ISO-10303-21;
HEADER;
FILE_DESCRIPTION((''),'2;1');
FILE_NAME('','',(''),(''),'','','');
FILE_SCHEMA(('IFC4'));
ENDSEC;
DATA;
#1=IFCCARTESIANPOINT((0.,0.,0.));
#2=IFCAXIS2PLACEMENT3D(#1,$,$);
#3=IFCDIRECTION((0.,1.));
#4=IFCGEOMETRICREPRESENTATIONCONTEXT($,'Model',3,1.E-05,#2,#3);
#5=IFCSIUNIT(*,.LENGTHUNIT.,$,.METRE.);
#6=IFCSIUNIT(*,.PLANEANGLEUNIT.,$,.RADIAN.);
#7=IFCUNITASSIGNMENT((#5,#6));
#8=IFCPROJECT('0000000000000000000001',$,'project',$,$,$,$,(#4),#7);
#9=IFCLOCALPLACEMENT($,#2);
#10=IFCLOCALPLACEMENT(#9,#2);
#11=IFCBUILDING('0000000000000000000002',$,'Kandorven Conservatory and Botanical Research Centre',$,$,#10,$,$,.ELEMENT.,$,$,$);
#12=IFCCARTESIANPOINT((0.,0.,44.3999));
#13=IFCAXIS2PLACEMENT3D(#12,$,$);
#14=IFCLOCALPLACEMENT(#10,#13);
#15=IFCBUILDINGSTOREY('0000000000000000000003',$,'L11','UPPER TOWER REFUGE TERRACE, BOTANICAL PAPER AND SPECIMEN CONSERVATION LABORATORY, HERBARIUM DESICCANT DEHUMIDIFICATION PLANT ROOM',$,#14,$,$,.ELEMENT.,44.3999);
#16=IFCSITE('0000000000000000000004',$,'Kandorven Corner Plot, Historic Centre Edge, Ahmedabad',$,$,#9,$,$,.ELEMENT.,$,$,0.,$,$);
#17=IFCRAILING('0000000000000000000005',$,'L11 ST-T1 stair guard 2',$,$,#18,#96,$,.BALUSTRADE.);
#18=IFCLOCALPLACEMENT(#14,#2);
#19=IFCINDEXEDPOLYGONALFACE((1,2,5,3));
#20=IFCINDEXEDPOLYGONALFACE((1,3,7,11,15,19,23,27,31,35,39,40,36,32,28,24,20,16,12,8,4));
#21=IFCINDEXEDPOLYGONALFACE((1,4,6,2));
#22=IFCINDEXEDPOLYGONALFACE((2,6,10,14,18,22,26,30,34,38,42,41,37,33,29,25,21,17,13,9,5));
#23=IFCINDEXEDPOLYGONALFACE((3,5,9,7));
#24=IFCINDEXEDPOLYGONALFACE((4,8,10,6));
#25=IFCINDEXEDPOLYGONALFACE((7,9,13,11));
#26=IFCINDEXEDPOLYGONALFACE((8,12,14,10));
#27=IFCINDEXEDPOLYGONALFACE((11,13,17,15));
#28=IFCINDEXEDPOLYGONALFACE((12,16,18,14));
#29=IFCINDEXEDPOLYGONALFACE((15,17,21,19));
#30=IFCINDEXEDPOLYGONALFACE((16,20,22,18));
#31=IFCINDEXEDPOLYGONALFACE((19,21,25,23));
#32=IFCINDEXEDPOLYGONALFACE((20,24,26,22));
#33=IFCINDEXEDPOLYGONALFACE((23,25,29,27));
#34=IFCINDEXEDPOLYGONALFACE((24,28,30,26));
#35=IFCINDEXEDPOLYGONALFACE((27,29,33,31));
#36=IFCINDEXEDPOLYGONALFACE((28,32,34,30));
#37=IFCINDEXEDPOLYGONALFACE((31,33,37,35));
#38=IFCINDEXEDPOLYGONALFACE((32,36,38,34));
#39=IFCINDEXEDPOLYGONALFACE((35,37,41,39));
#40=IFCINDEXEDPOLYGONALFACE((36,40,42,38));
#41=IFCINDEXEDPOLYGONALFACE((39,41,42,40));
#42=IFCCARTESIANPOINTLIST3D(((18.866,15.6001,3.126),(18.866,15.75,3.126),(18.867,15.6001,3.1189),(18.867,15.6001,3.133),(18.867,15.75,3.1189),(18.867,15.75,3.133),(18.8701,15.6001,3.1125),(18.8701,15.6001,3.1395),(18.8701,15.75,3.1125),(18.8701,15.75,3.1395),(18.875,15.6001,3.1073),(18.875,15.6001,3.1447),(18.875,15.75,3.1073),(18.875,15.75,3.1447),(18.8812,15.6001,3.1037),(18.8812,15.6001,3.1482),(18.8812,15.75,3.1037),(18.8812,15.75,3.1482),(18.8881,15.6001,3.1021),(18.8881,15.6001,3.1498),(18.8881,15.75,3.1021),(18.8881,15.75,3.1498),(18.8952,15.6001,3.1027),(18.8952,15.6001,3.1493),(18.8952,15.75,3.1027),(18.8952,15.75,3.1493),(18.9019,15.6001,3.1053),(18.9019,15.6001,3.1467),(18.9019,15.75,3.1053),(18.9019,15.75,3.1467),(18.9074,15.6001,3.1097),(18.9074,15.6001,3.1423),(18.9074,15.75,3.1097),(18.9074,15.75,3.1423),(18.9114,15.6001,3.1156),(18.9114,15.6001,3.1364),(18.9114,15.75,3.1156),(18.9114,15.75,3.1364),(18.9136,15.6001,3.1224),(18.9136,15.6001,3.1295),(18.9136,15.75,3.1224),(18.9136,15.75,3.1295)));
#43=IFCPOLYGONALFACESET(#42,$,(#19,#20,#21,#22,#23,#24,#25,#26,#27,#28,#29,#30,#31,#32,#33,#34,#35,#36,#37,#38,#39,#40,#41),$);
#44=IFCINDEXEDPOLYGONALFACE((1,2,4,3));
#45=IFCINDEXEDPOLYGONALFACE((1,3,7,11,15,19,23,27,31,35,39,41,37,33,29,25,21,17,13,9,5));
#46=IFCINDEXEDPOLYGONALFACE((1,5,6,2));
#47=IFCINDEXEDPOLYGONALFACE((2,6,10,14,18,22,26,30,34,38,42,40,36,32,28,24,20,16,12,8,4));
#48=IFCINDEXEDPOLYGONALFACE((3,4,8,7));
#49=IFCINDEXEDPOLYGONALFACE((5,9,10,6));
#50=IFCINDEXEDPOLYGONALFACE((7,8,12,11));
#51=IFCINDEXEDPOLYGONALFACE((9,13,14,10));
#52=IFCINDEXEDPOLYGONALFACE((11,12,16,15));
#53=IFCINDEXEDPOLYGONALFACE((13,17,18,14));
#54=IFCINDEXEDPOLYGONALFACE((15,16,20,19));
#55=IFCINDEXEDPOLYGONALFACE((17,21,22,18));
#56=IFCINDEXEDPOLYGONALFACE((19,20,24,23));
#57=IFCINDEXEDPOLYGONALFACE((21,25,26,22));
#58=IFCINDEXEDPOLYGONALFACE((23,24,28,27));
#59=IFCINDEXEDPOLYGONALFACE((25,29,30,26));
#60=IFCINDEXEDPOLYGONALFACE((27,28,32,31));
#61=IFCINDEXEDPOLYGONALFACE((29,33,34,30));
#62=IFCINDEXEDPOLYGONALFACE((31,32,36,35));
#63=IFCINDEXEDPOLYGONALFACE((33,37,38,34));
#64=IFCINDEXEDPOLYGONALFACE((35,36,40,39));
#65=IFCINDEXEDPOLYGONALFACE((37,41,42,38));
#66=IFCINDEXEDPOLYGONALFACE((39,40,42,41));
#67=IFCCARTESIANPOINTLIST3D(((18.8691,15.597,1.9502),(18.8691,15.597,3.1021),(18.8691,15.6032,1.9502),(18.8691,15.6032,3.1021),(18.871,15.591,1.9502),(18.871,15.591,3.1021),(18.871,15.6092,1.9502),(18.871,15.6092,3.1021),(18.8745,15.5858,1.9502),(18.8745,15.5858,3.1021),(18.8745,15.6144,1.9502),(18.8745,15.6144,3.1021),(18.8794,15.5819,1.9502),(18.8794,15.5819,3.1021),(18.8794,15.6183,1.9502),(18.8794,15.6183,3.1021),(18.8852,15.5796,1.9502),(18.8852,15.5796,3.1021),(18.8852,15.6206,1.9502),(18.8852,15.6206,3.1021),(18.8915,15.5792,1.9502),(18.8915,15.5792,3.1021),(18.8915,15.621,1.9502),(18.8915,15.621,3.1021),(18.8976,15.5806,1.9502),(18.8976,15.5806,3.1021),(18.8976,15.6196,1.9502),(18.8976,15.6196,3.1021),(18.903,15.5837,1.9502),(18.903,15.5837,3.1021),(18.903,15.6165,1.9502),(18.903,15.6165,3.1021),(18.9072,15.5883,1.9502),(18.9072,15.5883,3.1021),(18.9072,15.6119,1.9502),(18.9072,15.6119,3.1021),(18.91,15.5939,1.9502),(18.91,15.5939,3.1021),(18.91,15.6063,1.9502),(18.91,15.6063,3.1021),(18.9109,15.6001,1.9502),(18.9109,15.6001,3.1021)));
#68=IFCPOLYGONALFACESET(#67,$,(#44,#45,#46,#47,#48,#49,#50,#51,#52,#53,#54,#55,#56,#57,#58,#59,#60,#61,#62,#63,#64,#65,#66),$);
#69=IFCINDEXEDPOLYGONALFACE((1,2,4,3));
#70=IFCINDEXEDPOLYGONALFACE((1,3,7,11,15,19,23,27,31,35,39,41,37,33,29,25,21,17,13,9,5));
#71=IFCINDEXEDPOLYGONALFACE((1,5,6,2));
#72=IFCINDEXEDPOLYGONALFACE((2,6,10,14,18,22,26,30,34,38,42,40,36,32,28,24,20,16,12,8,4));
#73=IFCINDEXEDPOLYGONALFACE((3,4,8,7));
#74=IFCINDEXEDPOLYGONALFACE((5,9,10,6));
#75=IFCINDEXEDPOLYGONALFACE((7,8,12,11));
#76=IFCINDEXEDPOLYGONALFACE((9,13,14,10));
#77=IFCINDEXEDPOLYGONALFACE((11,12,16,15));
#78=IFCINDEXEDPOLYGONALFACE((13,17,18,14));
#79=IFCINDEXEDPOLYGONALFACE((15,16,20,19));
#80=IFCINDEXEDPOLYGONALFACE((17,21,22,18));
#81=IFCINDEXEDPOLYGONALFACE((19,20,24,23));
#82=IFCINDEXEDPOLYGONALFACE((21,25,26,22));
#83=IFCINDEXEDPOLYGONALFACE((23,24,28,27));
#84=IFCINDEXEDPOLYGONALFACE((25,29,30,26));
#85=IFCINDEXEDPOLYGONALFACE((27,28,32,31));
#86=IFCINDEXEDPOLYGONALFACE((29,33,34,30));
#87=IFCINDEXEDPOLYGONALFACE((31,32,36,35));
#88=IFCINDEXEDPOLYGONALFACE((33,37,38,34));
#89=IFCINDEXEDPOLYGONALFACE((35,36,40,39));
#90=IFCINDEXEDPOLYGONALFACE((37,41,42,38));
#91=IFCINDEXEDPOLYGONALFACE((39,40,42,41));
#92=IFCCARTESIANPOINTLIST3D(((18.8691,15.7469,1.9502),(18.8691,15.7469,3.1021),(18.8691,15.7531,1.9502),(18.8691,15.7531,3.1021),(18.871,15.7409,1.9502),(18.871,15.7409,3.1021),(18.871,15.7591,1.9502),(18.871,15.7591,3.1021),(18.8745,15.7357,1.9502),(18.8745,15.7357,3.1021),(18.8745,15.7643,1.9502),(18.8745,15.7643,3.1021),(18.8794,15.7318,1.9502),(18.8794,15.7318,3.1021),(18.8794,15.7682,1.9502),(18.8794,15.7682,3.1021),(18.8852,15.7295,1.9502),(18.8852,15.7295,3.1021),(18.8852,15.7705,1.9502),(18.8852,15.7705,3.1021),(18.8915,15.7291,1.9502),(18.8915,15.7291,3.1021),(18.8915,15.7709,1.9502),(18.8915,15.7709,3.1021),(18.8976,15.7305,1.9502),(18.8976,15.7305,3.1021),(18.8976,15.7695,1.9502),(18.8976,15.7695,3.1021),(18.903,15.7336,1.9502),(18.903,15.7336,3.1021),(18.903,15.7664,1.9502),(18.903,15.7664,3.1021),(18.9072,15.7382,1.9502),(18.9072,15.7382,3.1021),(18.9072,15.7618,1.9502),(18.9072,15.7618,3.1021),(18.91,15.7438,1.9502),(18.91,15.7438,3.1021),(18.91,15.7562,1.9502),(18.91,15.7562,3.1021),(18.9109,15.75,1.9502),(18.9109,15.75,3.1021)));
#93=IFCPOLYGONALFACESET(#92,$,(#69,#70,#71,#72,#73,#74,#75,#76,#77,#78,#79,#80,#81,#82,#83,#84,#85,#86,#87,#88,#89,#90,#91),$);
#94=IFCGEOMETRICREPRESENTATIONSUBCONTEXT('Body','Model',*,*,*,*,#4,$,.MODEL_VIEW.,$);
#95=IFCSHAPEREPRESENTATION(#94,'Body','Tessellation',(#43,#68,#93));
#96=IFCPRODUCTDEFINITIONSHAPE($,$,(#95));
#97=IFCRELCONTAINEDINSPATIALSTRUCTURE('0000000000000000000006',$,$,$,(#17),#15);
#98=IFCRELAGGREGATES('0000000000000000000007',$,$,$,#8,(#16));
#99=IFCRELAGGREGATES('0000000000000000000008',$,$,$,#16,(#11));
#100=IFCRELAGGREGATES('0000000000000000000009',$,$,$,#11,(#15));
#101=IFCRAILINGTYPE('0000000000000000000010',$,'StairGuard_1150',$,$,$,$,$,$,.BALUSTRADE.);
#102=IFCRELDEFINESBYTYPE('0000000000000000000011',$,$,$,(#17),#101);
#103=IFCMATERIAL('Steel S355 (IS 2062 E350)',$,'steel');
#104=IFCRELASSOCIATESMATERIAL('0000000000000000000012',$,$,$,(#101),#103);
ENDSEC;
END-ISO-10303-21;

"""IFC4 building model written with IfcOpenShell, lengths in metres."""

from ifc_helpers import new_model, si_unit, direction, frame, origin, origin_2d, place, context, subcontext, project, spatial, circle, extrude, material, type_object, element, save


model = new_model("IFC4")

# Units and contexts
model_context = context("Model", 3, precision=1e-05, world=origin(), true_north=direction((0.0, 1.0)))
body_context = subcontext(model_context, "Body", "Model", "MODEL_VIEW")
ifc_project = project(units=[si_unit("LENGTHUNIT", "METRE"), si_unit("PLANEANGLEUNIT", "RADIAN")], contexts=[model_context])

# Site, building, storey
site_placement = place(None, origin())
site = spatial("IfcSite", under=ifc_project, at=site_placement, Name="Kandorven Corner Plot, Historic Centre Edge, Ahmedabad", CompositionType="ELEMENT", RefElevation=0.0)
building_placement = place(site_placement, origin())
building = spatial("IfcBuilding", under=site, at=building_placement, Name="Kandorven Conservatory and Botanical Research Centre", CompositionType="ELEMENT")
storey_placement = place(building_placement, frame((0.0, 0.0, 44.3999)))
storey = spatial("IfcBuildingStorey", under=building, at=storey_placement, Name="L11", Description="UPPER TOWER REFUGE TERRACE, BOTANICAL PAPER AND SPECIMEN CONSERVATION LABORATORY, HERBARIUM DESICCANT DEHUMIDIFICATION PLANT ROOM", CompositionType="ELEMENT", Elevation=44.3999)

# Railing
ifc_material_1 = material(Name="Steel S355 (IS 2062 E350)", Category="steel")
railing_type_1 = type_object("IfcRailingType", Name="StairGuard_1150", PredefinedType="BALUSTRADE", material=ifc_material_1)
railing_1_placement = place(storey_placement, frame((18.8899, 15.6001, 1.9502)))
element("IfcRailing", 1, at=railing_1_placement, inside=storey, type_object=railing_type_1, Name="L11 ST-T1 stair guard 2", PredefinedType="BALUSTRADE", context=body_context, shape_type="SweptSolid", body=[
    extrude(circle(Radius=0.0239, at=origin_2d()), frame((0.0, 0.0, 1.1758), z_axis=(0.0, 1.0, 0.0), x_axis=(-1.0, 0.0, 0.0)), (0.0, 0.0, 1.0), 0.1499),
    extrude(circle(Radius=0.021, at=origin_2d()), origin(), (0.0, 0.0, 1.0), 1.1519),
    extrude(circle(Radius=0.021, at=origin_2d()), frame((0.0, 0.1499, 0.0)), (0.0, 0.0, 1.0), 1.1519),
])

save(model, "model.ifc")
